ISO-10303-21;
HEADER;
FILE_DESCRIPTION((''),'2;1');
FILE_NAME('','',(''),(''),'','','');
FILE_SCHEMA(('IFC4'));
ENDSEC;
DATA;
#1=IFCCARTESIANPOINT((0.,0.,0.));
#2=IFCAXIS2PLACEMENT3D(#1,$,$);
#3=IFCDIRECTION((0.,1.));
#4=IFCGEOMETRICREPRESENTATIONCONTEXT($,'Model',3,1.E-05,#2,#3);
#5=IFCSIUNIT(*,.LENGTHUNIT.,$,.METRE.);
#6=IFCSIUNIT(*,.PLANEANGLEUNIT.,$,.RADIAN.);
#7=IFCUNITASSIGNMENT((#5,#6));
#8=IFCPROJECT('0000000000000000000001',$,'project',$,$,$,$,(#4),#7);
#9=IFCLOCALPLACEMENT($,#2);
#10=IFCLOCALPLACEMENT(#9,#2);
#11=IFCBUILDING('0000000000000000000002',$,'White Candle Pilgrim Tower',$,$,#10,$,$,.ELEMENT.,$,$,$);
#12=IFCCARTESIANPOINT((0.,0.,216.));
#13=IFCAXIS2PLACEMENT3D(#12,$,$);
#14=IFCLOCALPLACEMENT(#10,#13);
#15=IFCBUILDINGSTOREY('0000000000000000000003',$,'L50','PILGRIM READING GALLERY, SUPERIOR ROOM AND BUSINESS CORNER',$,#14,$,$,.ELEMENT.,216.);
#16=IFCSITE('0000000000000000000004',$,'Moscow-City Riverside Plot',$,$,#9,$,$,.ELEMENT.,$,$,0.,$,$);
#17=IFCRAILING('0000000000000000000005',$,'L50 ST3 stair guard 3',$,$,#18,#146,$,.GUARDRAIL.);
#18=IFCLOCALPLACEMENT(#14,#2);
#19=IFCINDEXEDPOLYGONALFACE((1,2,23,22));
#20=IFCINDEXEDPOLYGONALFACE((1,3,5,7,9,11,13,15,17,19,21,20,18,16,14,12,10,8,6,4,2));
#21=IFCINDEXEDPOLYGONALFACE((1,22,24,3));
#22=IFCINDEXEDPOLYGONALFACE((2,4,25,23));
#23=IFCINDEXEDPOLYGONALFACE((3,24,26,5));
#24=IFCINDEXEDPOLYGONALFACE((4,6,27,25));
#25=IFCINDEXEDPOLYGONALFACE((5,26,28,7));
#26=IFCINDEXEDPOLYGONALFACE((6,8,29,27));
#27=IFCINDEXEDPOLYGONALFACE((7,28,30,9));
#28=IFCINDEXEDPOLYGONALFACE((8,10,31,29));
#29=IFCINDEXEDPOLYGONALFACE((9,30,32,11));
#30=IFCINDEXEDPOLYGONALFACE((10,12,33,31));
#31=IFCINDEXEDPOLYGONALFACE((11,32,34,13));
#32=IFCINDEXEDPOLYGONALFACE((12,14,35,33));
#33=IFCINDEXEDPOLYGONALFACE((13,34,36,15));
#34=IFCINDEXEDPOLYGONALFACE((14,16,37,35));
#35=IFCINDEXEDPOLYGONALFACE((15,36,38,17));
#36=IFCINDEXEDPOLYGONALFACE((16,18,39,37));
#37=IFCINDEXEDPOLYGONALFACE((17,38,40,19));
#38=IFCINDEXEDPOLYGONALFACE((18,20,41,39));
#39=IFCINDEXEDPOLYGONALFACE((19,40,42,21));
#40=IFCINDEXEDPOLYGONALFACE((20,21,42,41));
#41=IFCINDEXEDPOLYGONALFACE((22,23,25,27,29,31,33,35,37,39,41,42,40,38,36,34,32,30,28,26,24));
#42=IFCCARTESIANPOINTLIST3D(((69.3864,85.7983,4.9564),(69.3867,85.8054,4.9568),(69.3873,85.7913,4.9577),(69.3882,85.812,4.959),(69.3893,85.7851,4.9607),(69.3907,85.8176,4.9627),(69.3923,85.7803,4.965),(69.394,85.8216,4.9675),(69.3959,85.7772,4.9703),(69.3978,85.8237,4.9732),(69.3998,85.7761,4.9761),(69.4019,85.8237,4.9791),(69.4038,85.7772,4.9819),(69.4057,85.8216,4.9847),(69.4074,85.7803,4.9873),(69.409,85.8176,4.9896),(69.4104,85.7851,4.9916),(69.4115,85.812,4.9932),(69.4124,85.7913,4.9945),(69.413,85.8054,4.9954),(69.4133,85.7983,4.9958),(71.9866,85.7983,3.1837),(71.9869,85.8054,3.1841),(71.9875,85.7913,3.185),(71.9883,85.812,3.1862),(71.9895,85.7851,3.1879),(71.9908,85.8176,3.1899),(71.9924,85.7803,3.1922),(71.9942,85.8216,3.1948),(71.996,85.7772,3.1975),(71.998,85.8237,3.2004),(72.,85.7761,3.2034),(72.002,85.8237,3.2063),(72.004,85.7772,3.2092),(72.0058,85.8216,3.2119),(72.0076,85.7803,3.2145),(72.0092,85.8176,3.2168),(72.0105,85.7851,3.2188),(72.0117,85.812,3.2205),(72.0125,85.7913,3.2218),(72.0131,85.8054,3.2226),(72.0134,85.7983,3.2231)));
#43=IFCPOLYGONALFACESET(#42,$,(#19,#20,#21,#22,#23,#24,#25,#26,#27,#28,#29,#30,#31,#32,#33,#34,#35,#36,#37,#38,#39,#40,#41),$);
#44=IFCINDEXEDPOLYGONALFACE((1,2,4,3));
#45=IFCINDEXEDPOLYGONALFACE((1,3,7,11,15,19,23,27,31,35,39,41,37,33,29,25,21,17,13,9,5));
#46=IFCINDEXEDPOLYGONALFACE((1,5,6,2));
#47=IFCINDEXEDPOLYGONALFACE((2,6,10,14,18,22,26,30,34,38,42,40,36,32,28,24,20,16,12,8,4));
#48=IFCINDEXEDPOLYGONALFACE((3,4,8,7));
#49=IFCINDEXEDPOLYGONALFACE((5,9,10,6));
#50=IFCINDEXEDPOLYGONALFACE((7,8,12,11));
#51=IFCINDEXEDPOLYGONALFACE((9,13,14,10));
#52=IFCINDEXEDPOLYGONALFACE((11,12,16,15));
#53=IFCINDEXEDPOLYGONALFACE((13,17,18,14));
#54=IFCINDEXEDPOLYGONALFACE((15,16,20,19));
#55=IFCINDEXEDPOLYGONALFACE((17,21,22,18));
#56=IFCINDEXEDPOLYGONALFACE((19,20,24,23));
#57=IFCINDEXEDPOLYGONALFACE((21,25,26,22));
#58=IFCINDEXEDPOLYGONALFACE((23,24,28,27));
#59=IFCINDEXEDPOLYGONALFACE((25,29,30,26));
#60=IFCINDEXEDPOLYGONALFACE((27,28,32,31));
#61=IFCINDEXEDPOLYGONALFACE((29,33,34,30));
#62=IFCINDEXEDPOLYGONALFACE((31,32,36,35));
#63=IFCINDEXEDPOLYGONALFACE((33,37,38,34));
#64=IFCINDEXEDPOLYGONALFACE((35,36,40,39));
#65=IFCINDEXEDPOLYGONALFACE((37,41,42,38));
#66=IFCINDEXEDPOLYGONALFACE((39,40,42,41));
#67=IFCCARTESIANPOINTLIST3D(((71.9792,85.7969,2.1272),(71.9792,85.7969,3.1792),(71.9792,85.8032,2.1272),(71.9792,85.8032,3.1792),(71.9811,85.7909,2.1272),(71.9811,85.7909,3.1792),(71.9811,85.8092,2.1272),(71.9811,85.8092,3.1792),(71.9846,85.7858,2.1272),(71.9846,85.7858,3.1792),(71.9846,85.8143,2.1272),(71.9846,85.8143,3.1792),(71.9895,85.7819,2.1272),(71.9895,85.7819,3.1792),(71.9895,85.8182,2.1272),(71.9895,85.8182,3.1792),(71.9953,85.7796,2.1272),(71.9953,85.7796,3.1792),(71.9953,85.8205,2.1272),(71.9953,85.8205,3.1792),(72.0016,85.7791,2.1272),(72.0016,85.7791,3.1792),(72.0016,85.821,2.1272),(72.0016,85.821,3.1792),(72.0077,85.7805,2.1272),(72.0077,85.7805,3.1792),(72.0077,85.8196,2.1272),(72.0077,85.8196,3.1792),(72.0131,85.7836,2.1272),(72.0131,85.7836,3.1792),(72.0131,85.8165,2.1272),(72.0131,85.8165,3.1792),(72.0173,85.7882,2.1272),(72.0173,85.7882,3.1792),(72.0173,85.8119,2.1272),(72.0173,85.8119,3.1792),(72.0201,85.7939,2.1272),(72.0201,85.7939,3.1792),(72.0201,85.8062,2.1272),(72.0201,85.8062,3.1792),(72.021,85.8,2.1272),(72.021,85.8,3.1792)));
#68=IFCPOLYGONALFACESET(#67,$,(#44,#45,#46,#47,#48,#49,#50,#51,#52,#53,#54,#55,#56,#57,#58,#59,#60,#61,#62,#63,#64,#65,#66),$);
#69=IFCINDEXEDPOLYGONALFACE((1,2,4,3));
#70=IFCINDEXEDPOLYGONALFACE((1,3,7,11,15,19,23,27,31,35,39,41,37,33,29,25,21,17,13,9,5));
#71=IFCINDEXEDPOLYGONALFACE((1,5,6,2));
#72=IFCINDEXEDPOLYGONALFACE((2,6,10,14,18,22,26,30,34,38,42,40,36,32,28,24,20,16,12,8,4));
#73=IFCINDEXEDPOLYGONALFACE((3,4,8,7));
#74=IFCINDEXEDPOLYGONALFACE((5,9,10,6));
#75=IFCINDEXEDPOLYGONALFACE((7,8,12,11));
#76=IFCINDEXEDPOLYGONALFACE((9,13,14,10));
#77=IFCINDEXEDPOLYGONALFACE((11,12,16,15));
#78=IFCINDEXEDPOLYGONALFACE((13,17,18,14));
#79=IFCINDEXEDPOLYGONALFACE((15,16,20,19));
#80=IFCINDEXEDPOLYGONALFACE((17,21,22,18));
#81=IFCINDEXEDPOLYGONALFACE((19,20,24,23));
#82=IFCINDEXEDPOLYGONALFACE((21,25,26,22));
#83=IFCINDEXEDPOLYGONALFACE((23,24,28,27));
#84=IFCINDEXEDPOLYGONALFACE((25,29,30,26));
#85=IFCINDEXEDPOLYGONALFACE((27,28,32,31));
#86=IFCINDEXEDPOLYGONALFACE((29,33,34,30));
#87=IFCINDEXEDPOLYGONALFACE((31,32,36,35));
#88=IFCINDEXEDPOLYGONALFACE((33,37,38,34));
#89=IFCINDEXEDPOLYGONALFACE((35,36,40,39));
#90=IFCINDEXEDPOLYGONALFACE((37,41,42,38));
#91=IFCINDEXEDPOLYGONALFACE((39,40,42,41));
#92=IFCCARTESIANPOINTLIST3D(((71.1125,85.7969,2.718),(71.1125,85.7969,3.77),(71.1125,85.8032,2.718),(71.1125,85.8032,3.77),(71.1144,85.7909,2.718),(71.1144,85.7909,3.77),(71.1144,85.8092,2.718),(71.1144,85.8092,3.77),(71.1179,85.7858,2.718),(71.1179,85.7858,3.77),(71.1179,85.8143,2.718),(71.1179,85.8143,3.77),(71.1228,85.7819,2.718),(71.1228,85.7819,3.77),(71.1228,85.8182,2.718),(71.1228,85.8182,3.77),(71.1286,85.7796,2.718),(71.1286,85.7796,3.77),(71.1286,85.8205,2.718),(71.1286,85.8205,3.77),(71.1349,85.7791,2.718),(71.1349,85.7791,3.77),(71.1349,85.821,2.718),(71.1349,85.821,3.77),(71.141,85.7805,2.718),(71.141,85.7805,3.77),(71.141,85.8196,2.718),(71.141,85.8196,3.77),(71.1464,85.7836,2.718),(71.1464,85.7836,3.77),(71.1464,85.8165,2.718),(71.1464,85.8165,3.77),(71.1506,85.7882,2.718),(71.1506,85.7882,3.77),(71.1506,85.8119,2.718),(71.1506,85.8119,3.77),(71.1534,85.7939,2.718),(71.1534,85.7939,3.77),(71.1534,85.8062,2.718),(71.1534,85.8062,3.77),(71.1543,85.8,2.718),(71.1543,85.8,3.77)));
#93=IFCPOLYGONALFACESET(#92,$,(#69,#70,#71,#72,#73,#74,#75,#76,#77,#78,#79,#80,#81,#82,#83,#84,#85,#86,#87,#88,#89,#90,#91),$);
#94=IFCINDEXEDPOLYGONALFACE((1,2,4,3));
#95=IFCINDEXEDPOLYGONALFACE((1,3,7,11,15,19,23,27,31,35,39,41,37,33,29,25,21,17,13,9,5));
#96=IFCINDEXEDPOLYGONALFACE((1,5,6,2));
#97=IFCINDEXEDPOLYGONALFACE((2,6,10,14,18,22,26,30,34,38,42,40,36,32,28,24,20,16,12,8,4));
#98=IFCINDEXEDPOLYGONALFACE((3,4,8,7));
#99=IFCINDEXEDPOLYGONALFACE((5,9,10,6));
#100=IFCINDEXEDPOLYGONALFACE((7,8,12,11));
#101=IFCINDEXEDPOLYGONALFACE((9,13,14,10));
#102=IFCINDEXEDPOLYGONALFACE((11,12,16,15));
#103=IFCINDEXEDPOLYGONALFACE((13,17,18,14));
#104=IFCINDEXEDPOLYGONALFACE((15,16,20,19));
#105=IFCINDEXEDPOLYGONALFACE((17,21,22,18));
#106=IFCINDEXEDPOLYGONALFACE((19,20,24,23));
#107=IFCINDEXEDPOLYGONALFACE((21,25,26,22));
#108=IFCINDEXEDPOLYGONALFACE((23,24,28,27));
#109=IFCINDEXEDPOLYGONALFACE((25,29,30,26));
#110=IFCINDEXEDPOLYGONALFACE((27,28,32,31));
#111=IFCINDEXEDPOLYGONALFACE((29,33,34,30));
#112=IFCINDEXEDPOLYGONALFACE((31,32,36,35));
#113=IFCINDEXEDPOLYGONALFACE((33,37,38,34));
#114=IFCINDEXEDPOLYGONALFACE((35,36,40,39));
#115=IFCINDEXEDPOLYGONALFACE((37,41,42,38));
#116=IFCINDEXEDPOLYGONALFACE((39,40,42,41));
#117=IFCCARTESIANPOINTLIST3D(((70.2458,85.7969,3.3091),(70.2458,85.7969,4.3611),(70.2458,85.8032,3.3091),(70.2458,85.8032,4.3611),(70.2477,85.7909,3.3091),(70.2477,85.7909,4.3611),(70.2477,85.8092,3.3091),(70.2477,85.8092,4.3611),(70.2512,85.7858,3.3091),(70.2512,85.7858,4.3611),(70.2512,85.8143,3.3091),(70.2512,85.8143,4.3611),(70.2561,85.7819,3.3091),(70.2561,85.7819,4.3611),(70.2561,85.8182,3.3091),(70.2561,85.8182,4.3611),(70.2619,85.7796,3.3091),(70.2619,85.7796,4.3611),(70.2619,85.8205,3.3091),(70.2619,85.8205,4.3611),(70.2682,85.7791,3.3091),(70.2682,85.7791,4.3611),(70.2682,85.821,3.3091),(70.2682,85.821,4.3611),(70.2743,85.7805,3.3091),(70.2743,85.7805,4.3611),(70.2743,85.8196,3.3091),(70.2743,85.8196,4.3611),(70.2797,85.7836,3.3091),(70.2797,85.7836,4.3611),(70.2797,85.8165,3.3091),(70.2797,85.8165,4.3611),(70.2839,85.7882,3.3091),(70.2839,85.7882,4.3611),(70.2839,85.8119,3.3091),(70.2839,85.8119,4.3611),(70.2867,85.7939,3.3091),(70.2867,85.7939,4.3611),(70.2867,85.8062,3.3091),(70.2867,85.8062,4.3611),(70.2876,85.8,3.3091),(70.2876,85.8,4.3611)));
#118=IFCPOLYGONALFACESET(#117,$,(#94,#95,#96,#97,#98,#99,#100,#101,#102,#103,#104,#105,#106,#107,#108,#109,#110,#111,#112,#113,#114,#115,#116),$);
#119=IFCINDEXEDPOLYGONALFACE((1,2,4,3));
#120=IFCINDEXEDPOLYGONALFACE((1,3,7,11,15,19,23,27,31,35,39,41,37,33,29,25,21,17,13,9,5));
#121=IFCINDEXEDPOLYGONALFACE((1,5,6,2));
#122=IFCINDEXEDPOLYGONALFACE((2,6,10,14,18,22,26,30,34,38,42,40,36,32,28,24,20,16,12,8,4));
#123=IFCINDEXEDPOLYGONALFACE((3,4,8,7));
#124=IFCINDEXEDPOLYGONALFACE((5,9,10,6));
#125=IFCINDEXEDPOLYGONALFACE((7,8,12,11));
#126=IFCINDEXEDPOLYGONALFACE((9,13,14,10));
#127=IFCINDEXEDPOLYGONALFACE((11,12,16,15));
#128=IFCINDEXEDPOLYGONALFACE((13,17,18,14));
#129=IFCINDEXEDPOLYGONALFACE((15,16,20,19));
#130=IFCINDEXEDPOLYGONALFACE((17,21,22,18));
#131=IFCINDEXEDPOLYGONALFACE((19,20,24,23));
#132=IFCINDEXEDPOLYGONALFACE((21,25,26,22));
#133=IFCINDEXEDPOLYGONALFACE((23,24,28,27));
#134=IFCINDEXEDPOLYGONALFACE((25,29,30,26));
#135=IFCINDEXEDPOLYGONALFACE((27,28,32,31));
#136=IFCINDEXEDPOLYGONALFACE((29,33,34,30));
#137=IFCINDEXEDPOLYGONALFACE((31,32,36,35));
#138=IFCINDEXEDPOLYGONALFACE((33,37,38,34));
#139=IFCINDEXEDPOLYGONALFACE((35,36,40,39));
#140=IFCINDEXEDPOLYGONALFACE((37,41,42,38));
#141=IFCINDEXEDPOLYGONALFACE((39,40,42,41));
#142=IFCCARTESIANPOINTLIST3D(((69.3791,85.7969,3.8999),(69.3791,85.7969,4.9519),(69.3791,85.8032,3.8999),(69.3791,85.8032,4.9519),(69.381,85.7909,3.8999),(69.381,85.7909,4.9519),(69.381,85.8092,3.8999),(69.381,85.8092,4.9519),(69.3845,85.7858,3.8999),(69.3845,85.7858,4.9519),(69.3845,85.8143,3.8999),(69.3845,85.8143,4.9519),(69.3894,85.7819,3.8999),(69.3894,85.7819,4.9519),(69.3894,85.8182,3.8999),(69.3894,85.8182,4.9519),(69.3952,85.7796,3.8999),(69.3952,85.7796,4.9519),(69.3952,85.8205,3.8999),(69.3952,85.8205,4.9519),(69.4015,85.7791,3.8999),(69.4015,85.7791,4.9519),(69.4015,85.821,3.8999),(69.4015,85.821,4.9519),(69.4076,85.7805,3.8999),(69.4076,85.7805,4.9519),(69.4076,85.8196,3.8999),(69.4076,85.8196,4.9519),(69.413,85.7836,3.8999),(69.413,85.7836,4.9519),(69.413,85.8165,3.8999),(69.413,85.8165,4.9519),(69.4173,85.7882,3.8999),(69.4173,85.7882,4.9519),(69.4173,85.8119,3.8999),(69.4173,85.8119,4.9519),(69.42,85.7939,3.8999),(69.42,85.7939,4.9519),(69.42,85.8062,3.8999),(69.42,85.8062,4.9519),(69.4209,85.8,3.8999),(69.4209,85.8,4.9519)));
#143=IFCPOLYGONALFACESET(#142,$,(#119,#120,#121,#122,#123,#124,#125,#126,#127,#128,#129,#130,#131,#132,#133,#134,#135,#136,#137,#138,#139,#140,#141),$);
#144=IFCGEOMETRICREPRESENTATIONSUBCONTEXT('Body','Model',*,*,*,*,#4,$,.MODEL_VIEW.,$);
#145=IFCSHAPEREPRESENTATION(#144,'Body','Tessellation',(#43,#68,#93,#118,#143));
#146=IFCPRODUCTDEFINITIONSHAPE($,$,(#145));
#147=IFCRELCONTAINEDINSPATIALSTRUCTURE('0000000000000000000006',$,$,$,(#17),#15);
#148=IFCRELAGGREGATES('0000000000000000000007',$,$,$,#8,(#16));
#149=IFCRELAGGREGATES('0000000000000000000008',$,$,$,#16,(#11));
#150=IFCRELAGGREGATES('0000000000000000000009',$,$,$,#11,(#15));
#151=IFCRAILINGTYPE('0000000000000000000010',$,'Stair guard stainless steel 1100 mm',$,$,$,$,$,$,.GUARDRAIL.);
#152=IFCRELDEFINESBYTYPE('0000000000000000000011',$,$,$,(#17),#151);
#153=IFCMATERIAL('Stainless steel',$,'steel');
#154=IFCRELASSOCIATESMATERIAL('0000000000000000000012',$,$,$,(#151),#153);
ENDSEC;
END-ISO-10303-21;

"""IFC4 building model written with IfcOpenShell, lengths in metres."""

from ifc_helpers import new_model, si_unit, direction, frame, origin, origin_2d, place, context, subcontext, project, spatial, circle, extrude, material, type_object, element, save


model = new_model("IFC4")

# Units and contexts
model_context = context("Model", 3, precision=1e-05, world=origin(), true_north=direction((0.0, 1.0)))
body_context = subcontext(model_context, "Body", "Model", "MODEL_VIEW")
ifc_project = project(units=[si_unit("LENGTHUNIT", "METRE"), si_unit("PLANEANGLEUNIT", "RADIAN")], contexts=[model_context])

# Site, building, storey
site_placement = place(None, origin())
site = spatial("IfcSite", under=ifc_project, at=site_placement, Name="Moscow-City Riverside Plot", CompositionType="ELEMENT", RefElevation=0.0)
building_placement = place(site_placement, origin())
building = spatial("IfcBuilding", under=site, at=building_placement, Name="White Candle Pilgrim Tower", CompositionType="ELEMENT")
storey_placement = place(building_placement, frame((0.0, 0.0, 216.0)))
storey = spatial("IfcBuildingStorey", under=building, at=storey_placement, Name="L50", Description="PILGRIM READING GALLERY, SUPERIOR ROOM AND BUSINESS CORNER", CompositionType="ELEMENT", Elevation=216.0)

# Railing
ifc_material_1 = material(Name="Stainless steel", Category="steel")
railing_type_1 = type_object("IfcRailingType", Name="Stair guard stainless steel 1100 mm", PredefinedType="GUARDRAIL", material=ifc_material_1)
railing_1_placement = place(storey_placement, frame((72.0, 85.8, 2.1272)))
element("IfcRailing", 1, at=railing_1_placement, inside=storey, type_object=railing_type_1, Name="L50 ST3 stair guard 3", PredefinedType="GUARDRAIL", context=body_context, shape_type="SweptSolid", body=[
    extrude(circle(Radius=0.0239, at=origin_2d()), frame((0.0, 0.0, 1.0762), z_axis=(-0.82624, 0.0, 0.563318), x_axis=(0.0, -1.0, 0.0)), (0.0, 0.0, 1.0), 3.147),
    extrude(circle(Radius=0.021, at=origin_2d()), origin(), (0.0, 0.0, 1.0), 1.052),
    extrude(circle(Radius=0.021, at=origin_2d()), frame((-0.8667, 0.0, 0.5908)), (0.0, 0.0, 1.0), 1.052),
    extrude(circle(Radius=0.021, at=origin_2d()), frame((-1.7334, 0.0, 1.1819)), (0.0, 0.0, 1.0), 1.052),
    extrude(circle(Radius=0.021, at=origin_2d()), frame((-2.6001, 0.0, 1.7727)), (0.0, 0.0, 1.0), 1.052),
])

save(model, "model.ifc")
